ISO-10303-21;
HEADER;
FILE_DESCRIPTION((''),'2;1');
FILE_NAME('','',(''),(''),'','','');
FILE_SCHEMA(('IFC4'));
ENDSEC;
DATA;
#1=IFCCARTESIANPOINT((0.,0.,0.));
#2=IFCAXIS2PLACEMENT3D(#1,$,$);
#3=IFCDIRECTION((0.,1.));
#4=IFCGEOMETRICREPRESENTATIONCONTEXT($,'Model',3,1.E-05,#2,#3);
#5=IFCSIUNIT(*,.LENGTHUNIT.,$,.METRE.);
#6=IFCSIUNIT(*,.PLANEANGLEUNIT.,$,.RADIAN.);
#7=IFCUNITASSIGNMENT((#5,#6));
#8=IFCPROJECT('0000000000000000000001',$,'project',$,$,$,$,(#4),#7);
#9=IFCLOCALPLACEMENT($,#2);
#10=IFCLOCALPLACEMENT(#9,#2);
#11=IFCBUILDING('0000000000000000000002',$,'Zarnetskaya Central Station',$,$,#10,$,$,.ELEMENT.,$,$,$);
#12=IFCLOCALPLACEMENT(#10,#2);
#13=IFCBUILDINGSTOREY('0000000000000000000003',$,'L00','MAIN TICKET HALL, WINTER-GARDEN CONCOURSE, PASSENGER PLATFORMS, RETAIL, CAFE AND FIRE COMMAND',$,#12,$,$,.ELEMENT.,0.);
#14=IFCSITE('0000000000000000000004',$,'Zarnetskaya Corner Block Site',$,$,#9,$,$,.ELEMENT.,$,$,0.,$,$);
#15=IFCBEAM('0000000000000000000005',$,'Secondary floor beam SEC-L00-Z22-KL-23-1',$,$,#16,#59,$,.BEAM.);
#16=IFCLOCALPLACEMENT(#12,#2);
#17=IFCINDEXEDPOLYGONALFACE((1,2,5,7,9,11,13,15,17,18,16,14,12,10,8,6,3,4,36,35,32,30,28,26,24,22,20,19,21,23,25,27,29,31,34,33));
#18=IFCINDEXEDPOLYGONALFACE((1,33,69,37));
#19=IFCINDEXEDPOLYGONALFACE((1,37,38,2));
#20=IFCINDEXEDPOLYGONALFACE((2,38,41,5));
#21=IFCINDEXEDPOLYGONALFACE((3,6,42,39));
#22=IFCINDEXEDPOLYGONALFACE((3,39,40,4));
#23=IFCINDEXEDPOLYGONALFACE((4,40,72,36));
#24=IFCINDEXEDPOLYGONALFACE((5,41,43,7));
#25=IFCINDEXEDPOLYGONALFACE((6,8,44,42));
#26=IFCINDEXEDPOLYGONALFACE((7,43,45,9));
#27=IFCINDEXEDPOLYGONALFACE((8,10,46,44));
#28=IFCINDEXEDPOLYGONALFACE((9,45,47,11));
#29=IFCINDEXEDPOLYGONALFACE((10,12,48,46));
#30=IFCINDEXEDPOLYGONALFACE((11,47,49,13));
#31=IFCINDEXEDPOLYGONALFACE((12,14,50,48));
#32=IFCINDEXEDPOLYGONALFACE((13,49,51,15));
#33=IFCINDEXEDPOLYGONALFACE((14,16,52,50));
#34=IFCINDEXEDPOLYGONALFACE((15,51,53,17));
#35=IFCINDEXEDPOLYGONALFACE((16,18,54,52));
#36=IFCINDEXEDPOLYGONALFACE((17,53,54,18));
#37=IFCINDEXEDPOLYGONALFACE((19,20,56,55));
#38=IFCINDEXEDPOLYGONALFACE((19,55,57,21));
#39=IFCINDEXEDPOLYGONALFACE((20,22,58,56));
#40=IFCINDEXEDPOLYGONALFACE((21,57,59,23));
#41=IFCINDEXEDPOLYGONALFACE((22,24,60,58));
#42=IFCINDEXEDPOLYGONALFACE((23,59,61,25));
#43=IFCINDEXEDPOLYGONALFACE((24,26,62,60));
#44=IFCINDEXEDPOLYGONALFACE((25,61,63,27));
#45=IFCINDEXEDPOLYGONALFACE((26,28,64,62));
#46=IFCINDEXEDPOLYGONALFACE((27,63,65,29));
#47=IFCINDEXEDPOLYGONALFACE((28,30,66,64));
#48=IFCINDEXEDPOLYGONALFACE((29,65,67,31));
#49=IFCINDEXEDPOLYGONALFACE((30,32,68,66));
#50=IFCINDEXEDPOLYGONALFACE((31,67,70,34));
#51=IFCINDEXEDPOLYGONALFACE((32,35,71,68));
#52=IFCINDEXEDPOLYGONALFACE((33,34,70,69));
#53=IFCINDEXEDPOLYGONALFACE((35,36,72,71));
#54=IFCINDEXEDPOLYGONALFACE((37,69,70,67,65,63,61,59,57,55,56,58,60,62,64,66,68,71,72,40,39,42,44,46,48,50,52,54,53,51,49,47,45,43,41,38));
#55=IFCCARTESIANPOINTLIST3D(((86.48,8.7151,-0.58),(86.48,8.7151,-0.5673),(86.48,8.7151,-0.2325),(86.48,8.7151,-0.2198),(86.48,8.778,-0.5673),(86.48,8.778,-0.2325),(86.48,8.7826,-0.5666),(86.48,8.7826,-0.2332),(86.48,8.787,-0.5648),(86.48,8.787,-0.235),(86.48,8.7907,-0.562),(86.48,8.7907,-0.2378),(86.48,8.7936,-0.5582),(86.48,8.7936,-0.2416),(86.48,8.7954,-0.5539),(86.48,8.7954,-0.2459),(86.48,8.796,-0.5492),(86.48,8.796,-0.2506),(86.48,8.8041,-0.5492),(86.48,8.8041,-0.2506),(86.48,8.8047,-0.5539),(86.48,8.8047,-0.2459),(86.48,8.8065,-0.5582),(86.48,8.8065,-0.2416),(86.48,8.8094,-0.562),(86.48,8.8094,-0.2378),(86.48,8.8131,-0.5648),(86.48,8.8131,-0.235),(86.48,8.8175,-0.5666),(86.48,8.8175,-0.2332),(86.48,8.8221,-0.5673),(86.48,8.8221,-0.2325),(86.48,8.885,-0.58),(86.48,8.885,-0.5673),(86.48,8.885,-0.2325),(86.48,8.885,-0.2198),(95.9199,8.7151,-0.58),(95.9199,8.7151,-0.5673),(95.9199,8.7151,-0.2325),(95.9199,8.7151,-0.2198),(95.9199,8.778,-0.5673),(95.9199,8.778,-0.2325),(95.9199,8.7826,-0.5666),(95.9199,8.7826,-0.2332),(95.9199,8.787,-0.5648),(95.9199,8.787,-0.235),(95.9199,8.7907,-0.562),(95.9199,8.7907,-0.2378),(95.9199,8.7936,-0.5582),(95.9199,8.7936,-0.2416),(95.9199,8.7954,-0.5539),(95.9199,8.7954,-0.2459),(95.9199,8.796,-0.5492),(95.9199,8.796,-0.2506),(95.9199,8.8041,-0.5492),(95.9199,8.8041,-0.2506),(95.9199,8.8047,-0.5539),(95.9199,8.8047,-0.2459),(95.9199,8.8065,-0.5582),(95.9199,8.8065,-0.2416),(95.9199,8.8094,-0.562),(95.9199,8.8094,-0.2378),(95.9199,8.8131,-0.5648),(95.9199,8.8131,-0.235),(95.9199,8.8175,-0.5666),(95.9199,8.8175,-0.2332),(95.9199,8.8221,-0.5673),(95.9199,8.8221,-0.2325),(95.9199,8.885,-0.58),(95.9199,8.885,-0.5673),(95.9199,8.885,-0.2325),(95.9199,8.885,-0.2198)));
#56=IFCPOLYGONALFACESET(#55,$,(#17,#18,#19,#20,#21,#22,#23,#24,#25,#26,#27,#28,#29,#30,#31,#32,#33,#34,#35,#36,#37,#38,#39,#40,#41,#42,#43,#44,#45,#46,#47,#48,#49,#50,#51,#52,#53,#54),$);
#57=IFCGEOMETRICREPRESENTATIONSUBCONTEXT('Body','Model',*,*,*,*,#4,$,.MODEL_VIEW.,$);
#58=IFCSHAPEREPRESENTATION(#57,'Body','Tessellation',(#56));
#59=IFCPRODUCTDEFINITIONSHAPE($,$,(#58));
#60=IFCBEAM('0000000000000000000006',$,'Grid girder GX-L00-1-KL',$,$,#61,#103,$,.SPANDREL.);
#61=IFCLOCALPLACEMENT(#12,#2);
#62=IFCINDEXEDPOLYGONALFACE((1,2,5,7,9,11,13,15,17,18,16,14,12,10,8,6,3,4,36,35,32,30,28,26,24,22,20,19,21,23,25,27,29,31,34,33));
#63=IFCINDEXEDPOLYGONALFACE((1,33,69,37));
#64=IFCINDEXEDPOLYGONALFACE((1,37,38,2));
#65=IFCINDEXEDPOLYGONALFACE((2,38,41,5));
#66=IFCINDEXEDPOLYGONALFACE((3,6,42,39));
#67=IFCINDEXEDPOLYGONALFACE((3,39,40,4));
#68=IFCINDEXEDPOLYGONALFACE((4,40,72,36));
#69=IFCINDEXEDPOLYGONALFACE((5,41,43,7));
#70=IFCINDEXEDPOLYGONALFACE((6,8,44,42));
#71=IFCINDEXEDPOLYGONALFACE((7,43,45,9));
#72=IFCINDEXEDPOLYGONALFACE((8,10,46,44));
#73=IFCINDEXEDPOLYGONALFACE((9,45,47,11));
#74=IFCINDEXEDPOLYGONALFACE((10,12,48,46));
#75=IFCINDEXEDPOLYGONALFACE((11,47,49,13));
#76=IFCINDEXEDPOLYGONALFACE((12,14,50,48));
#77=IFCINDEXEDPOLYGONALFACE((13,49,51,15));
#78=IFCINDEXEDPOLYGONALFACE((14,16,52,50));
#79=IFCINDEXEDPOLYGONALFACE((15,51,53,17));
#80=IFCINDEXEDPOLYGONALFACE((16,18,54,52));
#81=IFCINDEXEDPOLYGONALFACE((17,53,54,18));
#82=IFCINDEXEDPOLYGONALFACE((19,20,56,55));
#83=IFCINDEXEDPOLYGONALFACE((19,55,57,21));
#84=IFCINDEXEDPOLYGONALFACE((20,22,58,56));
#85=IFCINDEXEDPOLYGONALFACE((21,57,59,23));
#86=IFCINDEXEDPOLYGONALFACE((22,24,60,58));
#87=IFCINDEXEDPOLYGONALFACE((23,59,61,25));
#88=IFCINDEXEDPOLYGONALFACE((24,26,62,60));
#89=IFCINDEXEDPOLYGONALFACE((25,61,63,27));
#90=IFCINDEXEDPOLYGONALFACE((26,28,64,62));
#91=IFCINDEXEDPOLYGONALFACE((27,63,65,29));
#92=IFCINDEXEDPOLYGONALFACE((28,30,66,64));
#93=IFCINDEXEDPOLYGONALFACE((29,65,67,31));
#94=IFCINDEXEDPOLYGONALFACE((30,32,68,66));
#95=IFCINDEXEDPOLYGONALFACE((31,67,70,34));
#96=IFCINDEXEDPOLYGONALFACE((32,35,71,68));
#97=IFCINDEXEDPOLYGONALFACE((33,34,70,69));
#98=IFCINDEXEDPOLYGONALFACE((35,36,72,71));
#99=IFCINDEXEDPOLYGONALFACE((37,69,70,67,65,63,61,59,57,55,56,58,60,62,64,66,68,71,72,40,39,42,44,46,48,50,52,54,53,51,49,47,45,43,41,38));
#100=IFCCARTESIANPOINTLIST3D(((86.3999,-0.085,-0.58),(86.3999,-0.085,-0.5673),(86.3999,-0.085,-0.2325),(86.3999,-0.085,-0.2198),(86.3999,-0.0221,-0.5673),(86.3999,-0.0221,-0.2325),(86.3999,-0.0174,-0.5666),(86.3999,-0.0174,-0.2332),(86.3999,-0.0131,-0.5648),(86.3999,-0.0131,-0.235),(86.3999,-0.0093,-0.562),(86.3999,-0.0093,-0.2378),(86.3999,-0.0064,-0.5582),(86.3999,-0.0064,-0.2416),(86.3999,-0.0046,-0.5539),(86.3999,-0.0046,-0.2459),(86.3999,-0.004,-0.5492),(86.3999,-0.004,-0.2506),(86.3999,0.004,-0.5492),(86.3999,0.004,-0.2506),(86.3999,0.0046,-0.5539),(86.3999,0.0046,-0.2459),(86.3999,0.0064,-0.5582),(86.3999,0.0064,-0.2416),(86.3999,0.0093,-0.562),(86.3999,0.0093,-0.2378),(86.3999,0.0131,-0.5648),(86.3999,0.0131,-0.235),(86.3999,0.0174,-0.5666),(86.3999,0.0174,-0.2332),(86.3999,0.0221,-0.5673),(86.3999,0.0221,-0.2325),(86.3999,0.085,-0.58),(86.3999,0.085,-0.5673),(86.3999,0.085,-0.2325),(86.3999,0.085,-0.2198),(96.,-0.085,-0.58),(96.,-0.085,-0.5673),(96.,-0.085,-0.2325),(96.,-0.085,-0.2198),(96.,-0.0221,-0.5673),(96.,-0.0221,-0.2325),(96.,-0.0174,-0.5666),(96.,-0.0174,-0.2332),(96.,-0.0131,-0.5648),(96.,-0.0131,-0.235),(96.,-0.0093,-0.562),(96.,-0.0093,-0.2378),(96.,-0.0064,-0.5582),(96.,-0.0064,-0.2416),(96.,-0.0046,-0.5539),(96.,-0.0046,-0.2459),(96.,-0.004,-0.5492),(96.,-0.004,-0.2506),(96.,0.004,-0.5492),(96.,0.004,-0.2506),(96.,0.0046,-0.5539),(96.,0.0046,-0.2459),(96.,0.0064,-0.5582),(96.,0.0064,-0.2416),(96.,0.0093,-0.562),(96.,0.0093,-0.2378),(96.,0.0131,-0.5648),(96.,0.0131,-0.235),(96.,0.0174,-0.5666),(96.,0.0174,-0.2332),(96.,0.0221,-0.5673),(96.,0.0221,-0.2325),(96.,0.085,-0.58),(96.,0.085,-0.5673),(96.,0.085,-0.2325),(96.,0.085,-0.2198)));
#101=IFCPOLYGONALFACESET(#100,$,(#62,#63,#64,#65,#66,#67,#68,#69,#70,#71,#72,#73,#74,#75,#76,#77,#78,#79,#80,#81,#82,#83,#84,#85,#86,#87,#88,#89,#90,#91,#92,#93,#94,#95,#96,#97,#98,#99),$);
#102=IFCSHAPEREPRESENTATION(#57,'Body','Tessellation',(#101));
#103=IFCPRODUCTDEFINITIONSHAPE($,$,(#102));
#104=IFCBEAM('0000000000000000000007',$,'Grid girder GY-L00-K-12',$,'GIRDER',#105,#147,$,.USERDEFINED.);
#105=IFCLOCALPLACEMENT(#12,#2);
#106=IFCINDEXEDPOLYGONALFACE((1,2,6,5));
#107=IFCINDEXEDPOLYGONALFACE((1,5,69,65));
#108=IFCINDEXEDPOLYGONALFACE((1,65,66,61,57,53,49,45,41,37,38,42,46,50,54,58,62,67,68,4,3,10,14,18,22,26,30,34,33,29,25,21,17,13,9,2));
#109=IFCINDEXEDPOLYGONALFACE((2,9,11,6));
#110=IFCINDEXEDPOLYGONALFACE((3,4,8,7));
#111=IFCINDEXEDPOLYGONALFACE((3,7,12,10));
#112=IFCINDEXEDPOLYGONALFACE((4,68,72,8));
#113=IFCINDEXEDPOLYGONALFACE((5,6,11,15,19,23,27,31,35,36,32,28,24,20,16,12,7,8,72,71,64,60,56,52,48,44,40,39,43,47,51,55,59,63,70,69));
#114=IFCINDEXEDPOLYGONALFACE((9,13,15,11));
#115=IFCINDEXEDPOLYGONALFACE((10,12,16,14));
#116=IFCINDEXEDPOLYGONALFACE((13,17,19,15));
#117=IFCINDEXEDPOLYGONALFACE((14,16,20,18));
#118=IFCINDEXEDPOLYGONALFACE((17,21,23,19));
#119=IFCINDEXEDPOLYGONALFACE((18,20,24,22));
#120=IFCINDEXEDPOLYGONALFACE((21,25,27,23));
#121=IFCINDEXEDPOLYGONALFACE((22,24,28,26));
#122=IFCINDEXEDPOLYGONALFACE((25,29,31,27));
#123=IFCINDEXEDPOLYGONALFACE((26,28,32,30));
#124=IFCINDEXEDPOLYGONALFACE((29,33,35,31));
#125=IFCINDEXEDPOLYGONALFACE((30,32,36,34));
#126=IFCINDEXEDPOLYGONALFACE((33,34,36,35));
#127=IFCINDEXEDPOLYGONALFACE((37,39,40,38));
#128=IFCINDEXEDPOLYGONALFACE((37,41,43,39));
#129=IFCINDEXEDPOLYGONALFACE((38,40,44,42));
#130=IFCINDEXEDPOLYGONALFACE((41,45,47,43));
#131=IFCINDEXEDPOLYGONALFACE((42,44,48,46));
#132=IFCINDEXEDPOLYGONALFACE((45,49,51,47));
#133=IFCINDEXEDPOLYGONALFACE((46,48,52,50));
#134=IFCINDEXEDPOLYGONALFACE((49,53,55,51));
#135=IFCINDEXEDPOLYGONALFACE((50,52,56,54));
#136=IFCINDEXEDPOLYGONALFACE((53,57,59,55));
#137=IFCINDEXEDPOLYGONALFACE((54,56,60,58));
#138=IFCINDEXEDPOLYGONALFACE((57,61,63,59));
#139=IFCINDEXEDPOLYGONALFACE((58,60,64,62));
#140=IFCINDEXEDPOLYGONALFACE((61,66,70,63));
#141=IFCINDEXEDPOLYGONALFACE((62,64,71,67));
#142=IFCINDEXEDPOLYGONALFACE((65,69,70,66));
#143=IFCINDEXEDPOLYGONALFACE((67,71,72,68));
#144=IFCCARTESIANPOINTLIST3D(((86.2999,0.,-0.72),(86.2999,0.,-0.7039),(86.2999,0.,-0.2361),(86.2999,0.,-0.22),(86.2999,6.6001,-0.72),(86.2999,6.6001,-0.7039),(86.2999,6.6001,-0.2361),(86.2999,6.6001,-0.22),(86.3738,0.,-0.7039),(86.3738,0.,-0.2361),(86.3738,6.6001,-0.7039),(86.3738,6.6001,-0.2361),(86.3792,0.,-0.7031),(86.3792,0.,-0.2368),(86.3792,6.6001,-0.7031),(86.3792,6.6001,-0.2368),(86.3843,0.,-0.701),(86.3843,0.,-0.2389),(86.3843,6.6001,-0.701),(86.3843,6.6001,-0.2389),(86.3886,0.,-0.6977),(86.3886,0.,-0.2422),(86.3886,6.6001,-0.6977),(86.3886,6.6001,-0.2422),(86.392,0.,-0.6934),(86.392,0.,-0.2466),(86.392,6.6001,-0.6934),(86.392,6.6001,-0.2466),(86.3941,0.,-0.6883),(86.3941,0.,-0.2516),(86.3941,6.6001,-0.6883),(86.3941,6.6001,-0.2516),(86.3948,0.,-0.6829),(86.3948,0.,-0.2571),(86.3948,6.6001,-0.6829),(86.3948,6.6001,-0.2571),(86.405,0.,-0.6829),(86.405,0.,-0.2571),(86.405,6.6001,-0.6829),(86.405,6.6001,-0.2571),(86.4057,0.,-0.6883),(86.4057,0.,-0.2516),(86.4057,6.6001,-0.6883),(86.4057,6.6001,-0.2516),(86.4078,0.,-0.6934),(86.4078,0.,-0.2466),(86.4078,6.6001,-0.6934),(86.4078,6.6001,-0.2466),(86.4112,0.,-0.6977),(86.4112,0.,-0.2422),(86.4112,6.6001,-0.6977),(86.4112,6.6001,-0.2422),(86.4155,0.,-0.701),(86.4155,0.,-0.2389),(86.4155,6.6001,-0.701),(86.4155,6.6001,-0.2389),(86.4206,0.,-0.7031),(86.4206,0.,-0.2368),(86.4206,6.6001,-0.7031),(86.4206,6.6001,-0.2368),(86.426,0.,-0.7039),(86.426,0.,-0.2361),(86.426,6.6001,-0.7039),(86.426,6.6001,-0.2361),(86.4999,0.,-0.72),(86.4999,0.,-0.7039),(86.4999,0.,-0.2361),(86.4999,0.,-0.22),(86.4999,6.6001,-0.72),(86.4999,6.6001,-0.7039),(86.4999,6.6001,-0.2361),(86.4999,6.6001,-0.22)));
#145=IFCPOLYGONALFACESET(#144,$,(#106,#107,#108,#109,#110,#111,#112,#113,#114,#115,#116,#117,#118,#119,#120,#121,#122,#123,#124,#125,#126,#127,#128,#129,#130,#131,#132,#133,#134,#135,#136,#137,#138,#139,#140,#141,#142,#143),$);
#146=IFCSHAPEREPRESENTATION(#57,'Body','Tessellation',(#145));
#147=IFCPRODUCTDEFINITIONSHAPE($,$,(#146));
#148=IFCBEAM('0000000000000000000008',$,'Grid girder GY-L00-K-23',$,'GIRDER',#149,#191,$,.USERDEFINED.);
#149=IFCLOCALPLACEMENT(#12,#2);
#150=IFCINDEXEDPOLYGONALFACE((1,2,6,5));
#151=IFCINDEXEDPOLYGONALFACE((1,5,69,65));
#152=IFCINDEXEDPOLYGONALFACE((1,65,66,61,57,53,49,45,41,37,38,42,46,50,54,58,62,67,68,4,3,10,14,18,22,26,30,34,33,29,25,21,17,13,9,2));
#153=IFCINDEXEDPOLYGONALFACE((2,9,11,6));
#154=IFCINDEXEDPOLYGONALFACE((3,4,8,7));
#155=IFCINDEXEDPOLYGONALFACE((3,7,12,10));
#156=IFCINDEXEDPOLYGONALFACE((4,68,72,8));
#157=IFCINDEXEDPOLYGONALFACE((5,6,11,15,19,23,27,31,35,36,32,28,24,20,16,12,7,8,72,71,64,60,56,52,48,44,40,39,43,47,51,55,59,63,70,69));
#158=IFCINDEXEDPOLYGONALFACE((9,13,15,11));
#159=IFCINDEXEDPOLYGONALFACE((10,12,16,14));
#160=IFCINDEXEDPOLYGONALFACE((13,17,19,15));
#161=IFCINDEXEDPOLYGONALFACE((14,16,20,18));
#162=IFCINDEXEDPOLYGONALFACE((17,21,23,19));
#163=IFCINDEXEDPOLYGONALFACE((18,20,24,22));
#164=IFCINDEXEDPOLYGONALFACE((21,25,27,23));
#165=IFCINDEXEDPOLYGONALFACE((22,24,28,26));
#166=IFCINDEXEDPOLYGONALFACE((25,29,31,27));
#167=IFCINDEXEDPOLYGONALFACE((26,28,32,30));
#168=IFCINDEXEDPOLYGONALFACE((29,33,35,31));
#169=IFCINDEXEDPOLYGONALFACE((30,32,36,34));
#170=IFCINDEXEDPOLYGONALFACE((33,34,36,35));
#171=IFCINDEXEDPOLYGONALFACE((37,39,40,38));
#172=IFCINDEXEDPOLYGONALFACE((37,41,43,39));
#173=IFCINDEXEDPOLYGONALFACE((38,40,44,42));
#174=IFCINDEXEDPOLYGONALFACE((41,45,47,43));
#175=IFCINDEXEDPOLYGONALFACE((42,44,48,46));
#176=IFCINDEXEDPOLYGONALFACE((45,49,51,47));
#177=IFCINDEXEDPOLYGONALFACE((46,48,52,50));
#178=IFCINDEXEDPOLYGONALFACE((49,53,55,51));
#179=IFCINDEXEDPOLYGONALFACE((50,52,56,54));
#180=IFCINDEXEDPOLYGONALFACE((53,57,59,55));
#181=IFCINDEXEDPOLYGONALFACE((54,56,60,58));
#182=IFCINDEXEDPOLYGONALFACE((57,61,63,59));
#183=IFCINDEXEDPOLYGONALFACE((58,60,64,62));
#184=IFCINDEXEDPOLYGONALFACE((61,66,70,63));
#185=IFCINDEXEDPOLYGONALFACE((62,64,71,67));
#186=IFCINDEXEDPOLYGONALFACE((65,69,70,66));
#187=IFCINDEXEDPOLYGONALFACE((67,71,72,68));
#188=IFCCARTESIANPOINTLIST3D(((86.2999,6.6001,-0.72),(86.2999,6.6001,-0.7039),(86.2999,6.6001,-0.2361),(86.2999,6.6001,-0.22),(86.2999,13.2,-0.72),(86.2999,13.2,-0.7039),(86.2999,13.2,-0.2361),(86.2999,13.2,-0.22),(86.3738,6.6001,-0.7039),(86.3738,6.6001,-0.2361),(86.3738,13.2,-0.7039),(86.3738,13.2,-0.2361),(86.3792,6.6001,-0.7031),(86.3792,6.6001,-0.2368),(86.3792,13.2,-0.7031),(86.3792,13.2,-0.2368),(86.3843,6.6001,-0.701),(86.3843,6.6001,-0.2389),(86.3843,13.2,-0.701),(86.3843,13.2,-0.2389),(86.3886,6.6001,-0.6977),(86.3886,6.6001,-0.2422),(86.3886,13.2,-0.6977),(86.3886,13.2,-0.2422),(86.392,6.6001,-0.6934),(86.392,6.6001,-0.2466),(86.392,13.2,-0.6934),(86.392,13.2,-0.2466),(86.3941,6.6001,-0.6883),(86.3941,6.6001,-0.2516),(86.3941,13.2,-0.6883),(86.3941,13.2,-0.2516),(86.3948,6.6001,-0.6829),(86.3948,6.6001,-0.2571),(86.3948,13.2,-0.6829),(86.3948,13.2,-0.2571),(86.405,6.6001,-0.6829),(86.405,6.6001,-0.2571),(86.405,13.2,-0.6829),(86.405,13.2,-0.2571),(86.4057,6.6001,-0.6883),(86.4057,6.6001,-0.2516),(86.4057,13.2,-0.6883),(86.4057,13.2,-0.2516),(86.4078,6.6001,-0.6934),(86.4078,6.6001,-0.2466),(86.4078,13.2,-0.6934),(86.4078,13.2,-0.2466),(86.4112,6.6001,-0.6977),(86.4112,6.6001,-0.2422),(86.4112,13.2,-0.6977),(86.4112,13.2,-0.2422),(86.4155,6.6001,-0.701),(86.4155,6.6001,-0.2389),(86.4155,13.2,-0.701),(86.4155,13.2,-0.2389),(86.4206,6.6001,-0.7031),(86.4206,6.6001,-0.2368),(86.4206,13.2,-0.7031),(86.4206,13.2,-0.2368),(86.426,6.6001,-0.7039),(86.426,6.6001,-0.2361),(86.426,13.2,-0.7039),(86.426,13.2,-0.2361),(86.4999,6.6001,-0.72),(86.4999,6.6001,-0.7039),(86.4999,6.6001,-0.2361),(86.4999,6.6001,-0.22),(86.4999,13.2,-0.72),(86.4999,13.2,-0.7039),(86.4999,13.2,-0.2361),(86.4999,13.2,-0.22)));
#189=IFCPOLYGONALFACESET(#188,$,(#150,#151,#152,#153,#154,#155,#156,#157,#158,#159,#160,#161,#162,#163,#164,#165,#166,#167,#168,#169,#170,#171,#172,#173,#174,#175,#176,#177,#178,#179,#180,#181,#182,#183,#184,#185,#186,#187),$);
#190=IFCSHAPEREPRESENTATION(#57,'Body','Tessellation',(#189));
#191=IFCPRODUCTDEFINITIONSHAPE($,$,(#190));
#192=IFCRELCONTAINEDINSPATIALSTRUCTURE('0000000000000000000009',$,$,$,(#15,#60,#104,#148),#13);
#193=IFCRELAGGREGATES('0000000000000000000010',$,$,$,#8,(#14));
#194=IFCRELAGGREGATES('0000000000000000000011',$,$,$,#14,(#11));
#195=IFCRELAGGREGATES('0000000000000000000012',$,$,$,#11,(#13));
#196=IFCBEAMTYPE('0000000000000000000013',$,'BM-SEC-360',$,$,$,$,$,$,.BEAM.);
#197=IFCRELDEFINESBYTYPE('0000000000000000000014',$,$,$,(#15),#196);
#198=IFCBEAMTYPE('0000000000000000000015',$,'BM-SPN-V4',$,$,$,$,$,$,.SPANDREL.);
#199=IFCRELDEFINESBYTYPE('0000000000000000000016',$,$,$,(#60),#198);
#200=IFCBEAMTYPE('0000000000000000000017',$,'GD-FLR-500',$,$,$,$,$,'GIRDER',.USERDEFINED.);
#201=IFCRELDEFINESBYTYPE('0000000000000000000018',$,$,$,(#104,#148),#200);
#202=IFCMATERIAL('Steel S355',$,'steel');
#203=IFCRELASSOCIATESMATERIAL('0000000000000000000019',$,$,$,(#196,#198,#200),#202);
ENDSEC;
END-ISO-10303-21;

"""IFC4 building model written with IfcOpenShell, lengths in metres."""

from ifc_helpers import new_model, si_unit, direction, frame, origin, origin_2d, place, context, subcontext, project, spatial, i_section, extrude, material, material_profile, profile_set, type_object, element, save


model = new_model("IFC4")

# Units and contexts
model_context = context("Model", 3, precision=1e-05, world=origin(), true_north=direction((0.0, 1.0)))
body_context = subcontext(model_context, "Body", "Model", "MODEL_VIEW")
ifc_project = project(units=[si_unit("LENGTHUNIT", "METRE"), si_unit("PLANEANGLEUNIT", "RADIAN")], contexts=[model_context])

# Site, building, storey
site_placement = place(None, origin())
site = spatial("IfcSite", under=ifc_project, at=site_placement, Name="Zarnetskaya Corner Block Site", CompositionType="ELEMENT", RefElevation=0.0)
building_placement = place(site_placement, origin())
building = spatial("IfcBuilding", under=site, at=building_placement, Name="Zarnetskaya Central Station", CompositionType="ELEMENT")
storey_placement = place(building_placement, origin())
storey = spatial("IfcBuildingStorey", under=building, at=storey_placement, Name="L00", Description="MAIN TICKET HALL, WINTER-GARDEN CONCOURSE, PASSENGER PLATFORMS, RETAIL, CAFE AND FIRE COMMAND", CompositionType="ELEMENT", Elevation=0.0)

# Shared definitions
ifc_material_1 = material(Name="Steel S355", Category="steel")

# Beams
ifc_material_profile_1 = material_profile(ifc_material_1, i_section(OverallWidth=0.1699, OverallDepth=0.3601, WebThickness=0.0081, FlangeThickness=0.0127, FilletRadius=0.0181, at=origin_2d()), Name="IPE 360")
ifc_profile_set_1 = profile_set([ifc_material_profile_1], Name="Steel S355")
beam_type_1 = type_object("IfcBeamType", Name="BM-SEC-360", PredefinedType="BEAM", material=ifc_profile_set_1)
for number, where, z_axis, x_axis, name in (
    (1, (86.48, 8.8, -0.3999), (1.0, 0.0, 0.0), (0.0, 1.0, 0.0), "Secondary floor beam SEC-L00-Z22-KL-23-1"),
):
    element("IfcBeam", number, at=place(storey_placement, frame(where, z_axis=z_axis, x_axis=x_axis)), inside=storey, type_object=beam_type_1, Name=name, PredefinedType="BEAM", context=body_context, shape_type="SweptSolid", body=[
        extrude(i_section(OverallWidth=0.1699, OverallDepth=0.3601, WebThickness=0.0081, FlangeThickness=0.0127, FilletRadius=0.0181, at=origin_2d()), origin(), (0.0, 0.0, 1.0), 9.4399),
    ])
ifc_material_profile_2 = material_profile(ifc_material_1, i_section(OverallWidth=0.1699, OverallDepth=0.3601, WebThickness=0.0081, FlangeThickness=0.0127, FilletRadius=0.0181, at=origin_2d()), Name="IPE 360")
ifc_profile_set_2 = profile_set([ifc_material_profile_2], Name="Steel S355")
beam_type_2 = type_object("IfcBeamType", Name="BM-SPN-V4", PredefinedType="SPANDREL", material=ifc_profile_set_2)
beam_1_placement = place(storey_placement, frame((86.3999, 0.0, -0.3999), z_axis=(1.0, 0.0, 0.0), x_axis=(0.0, 1.0, 0.0)))
element("IfcBeam", 2, at=beam_1_placement, inside=storey, type_object=beam_type_2, Name="Grid girder GX-L00-1-KL", PredefinedType="SPANDREL", context=body_context, shape_type="SweptSolid", body=[
    extrude(i_section(OverallWidth=0.1699, OverallDepth=0.3601, WebThickness=0.0081, FlangeThickness=0.0127, FilletRadius=0.0181, at=origin_2d()), origin(), (0.0, 0.0, 1.0), 9.6001),
])
ifc_material_profile_3 = material_profile(ifc_material_1, i_section(OverallWidth=0.2, OverallDepth=0.5, WebThickness=0.0103, FlangeThickness=0.0161, FilletRadius=0.021, at=origin_2d()), Name="IPE 500")
ifc_profile_set_3 = profile_set([ifc_material_profile_3], Name="Steel S355")
beam_type_3 = type_object("IfcBeamType", Name="GD-FLR-500", ElementType="GIRDER", PredefinedType="USERDEFINED", material=ifc_profile_set_3)
beam_2_placement = place(storey_placement, frame((86.3999, 0.0, -0.47), z_axis=(0.0, 1.0, 0.0), x_axis=(-1.0, 0.0, 0.0)))
element("IfcBeam", 3, at=beam_2_placement, inside=storey, type_object=beam_type_3, Name="Grid girder GY-L00-K-12", ObjectType="GIRDER", PredefinedType="USERDEFINED", context=body_context, shape_type="SweptSolid", body=[
    extrude(i_section(OverallWidth=0.2, OverallDepth=0.5, WebThickness=0.0103, FlangeThickness=0.0161, FilletRadius=0.021, at=origin_2d()), origin(), (0.0, 0.0, 1.0), 6.6001),
])
beam_3_placement = place(storey_placement, frame((86.3999, 6.6001, -0.47), z_axis=(0.0, 1.0, 0.0), x_axis=(-1.0, 0.0, 0.0)))
element("IfcBeam", 4, at=beam_3_placement, inside=storey, type_object=beam_type_3, Name="Grid girder GY-L00-K-23", ObjectType="GIRDER", PredefinedType="USERDEFINED", context=body_context, shape_type="SweptSolid", body=[
    extrude(i_section(OverallWidth=0.2, OverallDepth=0.5, WebThickness=0.0103, FlangeThickness=0.0161, FilletRadius=0.021, at=origin_2d()), origin(), (0.0, 0.0, 1.0), 6.5999),
])

save(model, "model.ifc")
